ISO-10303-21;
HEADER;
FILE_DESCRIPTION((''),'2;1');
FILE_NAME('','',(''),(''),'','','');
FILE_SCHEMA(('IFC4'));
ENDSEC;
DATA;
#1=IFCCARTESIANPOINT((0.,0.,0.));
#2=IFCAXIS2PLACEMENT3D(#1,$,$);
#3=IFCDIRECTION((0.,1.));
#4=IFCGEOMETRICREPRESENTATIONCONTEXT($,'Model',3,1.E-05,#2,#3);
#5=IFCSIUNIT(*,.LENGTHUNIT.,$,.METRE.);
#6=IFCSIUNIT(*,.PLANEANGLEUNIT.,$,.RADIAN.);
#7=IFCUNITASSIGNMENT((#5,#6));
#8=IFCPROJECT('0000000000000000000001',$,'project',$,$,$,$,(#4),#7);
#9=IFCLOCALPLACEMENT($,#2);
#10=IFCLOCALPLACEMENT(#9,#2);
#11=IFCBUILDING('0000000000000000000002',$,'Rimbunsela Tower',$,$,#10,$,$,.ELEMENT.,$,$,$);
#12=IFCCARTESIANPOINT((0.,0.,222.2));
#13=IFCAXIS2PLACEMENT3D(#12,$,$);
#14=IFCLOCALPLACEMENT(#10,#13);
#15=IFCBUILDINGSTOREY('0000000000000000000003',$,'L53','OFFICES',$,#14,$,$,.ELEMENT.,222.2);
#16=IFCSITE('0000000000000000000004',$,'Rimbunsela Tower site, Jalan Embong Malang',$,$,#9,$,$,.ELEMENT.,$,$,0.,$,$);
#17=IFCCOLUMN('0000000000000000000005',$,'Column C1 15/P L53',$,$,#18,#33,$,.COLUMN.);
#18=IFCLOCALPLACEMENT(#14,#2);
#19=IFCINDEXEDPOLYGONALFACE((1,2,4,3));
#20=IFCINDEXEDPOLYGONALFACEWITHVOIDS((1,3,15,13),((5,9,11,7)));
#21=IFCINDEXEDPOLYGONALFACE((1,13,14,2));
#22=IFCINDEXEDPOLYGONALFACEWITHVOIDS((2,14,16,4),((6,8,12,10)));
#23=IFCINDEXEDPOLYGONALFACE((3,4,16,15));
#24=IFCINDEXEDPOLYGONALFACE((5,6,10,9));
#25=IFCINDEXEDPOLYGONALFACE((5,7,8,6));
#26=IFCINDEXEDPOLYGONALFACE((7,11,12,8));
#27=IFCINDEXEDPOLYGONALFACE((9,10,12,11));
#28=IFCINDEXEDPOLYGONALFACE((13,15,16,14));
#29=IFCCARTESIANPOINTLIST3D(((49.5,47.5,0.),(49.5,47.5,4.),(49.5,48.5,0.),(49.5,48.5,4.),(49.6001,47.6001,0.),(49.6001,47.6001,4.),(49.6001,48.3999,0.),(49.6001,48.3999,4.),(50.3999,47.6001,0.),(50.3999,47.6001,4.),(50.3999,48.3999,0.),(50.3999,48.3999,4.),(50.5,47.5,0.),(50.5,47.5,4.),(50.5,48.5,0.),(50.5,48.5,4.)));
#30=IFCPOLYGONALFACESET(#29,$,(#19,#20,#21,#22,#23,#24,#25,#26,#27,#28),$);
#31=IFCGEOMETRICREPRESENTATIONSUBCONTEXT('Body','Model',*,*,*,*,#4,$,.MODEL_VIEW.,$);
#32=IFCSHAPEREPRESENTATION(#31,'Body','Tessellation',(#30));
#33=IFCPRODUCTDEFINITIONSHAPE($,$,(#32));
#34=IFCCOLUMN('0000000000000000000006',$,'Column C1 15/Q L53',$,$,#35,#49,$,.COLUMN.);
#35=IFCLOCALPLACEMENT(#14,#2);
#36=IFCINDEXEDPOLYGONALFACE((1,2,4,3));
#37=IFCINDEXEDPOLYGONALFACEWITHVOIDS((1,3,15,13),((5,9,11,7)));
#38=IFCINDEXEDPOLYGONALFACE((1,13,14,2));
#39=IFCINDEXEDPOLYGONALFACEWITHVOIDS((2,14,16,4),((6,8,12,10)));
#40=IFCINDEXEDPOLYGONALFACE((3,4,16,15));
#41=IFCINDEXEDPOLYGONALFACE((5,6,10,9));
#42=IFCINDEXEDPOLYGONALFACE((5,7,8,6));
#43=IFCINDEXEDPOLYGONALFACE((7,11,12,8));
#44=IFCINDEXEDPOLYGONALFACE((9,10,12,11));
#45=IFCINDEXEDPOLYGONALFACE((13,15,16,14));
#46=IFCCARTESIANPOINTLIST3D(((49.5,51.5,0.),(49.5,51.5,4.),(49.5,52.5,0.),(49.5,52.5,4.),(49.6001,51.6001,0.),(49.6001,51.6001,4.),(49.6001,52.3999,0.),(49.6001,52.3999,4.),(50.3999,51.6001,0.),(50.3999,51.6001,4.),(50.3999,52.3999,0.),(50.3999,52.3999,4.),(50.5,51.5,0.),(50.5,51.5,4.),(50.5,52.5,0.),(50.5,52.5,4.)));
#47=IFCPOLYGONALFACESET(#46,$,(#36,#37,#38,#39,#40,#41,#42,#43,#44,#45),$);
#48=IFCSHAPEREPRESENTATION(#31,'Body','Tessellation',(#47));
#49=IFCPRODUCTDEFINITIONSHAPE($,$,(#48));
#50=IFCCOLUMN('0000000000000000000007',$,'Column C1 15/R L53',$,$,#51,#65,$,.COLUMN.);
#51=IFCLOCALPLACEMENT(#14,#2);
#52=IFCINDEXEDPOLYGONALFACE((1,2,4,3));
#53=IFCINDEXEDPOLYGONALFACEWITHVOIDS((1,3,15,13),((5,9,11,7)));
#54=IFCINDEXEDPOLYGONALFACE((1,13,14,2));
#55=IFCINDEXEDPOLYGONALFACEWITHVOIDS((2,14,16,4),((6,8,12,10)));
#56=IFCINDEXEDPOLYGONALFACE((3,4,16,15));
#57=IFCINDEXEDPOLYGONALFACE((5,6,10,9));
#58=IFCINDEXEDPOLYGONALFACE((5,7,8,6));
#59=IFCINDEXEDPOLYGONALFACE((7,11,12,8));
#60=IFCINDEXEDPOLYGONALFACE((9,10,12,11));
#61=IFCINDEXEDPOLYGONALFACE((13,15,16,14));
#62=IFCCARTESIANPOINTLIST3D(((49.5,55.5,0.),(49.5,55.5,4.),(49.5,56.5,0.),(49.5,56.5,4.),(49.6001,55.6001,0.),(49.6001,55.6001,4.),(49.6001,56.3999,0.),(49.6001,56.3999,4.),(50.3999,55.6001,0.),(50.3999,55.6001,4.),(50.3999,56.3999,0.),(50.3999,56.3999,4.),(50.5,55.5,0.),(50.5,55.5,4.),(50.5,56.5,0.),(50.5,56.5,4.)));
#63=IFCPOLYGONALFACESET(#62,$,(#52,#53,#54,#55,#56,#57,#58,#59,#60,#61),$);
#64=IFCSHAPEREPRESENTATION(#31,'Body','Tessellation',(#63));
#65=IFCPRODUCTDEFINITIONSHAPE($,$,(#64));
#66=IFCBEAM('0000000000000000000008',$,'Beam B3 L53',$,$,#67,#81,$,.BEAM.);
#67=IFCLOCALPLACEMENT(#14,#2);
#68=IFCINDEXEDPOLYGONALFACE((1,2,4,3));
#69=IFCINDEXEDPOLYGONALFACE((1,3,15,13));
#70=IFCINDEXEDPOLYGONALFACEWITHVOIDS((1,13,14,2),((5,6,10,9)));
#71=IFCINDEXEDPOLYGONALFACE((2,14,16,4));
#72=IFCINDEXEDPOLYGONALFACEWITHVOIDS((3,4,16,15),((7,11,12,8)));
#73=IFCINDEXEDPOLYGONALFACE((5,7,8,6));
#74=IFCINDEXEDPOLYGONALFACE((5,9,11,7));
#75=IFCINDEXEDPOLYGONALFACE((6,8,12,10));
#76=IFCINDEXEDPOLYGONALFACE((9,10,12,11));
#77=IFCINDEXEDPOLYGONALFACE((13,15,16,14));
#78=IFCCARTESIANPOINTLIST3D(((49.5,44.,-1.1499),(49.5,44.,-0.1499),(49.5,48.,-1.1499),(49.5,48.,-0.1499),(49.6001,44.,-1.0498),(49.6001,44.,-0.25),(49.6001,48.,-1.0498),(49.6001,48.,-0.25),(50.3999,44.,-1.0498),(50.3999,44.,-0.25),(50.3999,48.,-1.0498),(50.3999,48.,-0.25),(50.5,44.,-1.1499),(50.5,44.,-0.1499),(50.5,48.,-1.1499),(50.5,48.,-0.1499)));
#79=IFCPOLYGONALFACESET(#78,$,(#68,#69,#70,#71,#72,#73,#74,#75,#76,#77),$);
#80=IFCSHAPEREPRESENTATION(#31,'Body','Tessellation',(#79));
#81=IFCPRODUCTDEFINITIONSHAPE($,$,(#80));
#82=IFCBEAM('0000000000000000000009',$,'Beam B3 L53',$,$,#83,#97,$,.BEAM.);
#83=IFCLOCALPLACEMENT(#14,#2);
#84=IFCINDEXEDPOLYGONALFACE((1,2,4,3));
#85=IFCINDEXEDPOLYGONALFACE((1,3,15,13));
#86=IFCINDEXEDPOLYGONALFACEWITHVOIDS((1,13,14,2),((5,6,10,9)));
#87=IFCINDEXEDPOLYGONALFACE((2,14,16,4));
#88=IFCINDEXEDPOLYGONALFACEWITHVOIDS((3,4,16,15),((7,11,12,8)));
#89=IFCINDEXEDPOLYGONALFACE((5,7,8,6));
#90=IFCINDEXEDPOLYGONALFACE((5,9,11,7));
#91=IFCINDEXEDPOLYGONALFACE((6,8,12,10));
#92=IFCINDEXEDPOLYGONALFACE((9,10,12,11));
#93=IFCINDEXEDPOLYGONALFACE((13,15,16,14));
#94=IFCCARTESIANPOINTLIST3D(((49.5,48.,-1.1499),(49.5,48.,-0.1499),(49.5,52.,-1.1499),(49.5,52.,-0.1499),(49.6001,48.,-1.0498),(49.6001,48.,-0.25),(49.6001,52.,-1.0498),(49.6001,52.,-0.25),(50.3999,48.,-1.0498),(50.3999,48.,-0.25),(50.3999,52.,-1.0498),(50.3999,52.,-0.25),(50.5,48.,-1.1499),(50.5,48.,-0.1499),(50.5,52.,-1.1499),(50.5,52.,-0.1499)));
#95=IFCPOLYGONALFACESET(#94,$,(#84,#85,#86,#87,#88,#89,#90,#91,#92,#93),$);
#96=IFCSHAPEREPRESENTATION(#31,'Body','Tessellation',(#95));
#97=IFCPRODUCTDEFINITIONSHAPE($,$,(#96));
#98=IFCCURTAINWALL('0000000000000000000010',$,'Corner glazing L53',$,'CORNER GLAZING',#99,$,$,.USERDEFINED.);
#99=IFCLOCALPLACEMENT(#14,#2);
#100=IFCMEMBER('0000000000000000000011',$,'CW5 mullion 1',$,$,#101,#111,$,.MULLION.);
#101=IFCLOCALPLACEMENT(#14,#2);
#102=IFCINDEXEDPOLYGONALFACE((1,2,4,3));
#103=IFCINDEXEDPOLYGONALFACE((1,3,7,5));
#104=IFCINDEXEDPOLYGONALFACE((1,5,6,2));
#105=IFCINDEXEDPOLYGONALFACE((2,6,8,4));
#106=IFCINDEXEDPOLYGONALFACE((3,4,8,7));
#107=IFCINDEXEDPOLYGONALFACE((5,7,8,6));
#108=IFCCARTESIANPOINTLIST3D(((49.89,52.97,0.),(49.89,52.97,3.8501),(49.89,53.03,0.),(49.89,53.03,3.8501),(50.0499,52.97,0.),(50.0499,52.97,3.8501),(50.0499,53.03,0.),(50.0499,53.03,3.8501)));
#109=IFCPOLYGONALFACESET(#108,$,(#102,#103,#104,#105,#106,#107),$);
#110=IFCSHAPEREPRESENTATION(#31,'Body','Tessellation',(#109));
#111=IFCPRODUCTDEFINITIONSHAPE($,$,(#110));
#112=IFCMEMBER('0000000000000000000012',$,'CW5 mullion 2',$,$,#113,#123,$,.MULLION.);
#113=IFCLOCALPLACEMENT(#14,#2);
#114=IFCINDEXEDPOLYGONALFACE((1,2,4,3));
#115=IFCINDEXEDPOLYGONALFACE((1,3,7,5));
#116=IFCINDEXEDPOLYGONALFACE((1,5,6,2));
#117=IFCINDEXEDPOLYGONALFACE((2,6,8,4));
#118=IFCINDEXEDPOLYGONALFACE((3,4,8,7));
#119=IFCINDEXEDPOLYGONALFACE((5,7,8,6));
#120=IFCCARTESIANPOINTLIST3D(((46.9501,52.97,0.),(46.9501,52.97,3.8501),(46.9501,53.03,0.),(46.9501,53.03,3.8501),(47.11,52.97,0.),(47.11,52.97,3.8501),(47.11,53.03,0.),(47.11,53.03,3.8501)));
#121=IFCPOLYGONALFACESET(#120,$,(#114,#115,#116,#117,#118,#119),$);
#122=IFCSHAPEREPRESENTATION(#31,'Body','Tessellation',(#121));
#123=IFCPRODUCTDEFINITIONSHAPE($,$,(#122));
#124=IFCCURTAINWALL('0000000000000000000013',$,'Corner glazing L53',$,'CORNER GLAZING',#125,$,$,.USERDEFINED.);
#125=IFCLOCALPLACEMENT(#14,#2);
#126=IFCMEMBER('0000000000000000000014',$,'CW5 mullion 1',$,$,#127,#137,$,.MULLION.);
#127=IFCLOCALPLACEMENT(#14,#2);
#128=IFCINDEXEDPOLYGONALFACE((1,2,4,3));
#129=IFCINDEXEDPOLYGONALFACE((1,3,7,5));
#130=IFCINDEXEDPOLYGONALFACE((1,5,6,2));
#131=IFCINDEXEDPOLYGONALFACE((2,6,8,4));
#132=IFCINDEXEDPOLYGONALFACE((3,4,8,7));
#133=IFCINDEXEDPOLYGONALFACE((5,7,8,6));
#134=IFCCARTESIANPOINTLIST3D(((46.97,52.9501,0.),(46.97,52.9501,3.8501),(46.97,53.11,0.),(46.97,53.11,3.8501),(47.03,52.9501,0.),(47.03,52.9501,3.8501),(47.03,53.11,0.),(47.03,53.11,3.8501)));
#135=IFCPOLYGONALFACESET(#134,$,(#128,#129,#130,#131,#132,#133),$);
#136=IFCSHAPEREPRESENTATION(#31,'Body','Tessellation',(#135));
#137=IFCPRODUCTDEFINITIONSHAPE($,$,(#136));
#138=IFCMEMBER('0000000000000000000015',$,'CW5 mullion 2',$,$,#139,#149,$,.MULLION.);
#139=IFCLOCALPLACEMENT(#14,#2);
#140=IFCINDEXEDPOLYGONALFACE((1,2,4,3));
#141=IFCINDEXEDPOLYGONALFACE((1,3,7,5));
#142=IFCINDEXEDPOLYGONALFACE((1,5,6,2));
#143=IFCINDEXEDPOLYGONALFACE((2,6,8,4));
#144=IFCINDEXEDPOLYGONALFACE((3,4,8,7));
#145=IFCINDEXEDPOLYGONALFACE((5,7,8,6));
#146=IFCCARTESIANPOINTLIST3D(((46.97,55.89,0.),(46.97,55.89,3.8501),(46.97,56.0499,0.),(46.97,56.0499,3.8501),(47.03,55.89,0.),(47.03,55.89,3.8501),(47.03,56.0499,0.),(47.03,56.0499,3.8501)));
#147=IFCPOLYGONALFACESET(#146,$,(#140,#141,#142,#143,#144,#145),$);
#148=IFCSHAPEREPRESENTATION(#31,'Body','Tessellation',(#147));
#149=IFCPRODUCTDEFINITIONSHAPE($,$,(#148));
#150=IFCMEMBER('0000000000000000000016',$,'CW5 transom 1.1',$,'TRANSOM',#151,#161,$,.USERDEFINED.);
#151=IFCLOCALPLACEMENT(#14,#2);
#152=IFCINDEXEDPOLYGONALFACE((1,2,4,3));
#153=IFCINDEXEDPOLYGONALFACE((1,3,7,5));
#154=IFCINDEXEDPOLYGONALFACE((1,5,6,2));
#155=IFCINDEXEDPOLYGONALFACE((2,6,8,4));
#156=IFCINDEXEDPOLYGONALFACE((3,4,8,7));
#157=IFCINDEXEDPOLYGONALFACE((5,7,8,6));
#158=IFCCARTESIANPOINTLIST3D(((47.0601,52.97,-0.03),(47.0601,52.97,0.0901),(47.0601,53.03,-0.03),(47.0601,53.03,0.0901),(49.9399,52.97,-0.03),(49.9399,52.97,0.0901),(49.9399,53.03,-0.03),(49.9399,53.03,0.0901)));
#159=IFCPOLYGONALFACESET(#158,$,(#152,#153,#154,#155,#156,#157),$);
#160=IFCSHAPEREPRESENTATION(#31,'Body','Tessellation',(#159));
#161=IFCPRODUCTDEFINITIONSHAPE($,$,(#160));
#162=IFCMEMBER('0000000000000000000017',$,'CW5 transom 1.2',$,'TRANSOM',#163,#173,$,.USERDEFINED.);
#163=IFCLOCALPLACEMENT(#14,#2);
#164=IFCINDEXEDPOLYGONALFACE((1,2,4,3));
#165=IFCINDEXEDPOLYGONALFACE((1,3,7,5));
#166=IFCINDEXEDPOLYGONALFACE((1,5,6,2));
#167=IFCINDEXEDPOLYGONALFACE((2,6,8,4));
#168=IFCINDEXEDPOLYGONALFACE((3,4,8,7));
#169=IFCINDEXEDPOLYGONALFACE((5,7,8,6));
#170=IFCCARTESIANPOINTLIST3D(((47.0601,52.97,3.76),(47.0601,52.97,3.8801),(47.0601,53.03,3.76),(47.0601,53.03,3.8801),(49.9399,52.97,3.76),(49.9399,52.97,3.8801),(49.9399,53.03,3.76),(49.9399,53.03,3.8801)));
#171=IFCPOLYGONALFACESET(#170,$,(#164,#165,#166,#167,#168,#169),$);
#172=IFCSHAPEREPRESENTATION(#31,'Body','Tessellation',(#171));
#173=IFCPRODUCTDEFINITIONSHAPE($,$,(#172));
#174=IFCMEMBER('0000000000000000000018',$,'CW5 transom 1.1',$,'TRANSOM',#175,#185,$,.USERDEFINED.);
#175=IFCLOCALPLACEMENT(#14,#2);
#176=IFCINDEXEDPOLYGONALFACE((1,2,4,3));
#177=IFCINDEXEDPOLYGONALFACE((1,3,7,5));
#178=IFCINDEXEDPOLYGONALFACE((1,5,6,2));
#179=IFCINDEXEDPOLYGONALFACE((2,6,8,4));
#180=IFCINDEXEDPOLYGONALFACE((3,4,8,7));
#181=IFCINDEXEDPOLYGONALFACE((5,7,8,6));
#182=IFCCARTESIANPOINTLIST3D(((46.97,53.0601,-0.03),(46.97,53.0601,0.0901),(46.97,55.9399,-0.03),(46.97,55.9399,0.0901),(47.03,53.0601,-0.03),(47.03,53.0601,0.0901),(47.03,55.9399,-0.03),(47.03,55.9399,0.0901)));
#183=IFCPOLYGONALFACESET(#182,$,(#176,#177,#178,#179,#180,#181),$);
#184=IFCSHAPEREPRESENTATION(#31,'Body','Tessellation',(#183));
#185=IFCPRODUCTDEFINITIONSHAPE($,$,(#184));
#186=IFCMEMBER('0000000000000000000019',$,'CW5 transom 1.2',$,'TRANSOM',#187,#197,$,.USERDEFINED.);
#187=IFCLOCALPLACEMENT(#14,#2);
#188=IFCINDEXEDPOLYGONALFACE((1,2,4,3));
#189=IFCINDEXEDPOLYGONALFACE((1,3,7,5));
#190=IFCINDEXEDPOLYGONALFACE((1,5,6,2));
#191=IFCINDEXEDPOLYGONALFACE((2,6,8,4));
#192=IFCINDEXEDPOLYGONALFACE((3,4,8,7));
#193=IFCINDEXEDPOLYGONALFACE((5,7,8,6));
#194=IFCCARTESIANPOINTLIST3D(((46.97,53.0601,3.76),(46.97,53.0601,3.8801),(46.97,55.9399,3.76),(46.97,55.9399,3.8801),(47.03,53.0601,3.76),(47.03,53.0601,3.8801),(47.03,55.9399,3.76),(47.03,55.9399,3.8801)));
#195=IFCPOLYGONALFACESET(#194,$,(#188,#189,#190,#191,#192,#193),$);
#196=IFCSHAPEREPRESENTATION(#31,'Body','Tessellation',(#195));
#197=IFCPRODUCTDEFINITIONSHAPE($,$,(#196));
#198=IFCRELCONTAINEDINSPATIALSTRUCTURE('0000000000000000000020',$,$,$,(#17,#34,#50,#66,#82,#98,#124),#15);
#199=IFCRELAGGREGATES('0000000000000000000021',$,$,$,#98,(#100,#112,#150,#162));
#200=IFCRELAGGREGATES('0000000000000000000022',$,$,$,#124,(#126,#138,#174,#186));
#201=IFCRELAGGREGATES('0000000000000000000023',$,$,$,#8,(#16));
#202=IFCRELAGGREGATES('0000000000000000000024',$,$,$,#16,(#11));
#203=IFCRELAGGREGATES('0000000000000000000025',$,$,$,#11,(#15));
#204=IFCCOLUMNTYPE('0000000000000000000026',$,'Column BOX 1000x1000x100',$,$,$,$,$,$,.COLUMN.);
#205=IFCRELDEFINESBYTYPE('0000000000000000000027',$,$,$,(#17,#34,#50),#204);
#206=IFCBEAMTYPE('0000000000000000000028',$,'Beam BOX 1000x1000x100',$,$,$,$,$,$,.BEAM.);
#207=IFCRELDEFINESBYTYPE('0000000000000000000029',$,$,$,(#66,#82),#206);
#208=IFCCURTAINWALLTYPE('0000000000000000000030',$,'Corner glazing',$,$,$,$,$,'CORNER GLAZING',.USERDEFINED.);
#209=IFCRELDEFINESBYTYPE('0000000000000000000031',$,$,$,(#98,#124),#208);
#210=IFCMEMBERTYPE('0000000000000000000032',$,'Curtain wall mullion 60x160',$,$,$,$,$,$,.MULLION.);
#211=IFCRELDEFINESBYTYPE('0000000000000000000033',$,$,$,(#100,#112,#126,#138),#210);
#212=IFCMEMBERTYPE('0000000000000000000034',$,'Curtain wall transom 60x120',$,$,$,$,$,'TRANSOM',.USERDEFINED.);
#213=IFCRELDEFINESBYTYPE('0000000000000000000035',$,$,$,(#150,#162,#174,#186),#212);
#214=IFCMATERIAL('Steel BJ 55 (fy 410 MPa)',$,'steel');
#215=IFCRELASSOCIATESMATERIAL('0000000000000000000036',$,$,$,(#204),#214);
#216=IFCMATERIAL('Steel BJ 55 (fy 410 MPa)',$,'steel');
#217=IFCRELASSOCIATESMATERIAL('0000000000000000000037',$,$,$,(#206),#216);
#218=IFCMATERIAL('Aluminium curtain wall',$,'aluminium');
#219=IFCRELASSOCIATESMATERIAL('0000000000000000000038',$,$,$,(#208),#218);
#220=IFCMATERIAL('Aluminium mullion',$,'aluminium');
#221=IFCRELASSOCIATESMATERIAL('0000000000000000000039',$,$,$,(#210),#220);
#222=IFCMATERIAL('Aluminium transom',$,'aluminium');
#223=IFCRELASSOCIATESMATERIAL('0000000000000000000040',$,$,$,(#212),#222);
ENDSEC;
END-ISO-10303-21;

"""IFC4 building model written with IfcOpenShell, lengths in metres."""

from ifc_helpers import new_model, si_unit, direction, frame, origin, origin_2d, place, context, subcontext, project, spatial, rectangle, hollow_rectangle, extrude, material, material_profile, profile_set, type_object, element, aggregate, save


model = new_model("IFC4")

# Units and contexts
model_context = context("Model", 3, precision=1e-05, world=origin(), true_north=direction((0.0, 1.0)))
body_context = subcontext(model_context, "Body", "Model", "MODEL_VIEW")
ifc_project = project(units=[si_unit("LENGTHUNIT", "METRE"), si_unit("PLANEANGLEUNIT", "RADIAN")], contexts=[model_context])

# Site, building, storey
site_placement = place(None, origin())
site = spatial("IfcSite", under=ifc_project, at=site_placement, Name="Rimbunsela Tower site, Jalan Embong Malang", CompositionType="ELEMENT", RefElevation=0.0)
building_placement = place(site_placement, origin())
building = spatial("IfcBuilding", under=site, at=building_placement, Name="Rimbunsela Tower", CompositionType="ELEMENT")
storey_placement = place(building_placement, frame((0.0, 0.0, 222.2)))
storey = spatial("IfcBuildingStorey", under=building, at=storey_placement, Name="L53", Description="OFFICES", CompositionType="ELEMENT", Elevation=222.2)

# Columns
ifc_material_1 = material(Name="Steel BJ 55 (fy 410 MPa)", Category="steel")
ifc_material_profile_1 = material_profile(ifc_material_1, hollow_rectangle(XDim=1.0, YDim=1.0, WallThickness=0.1001, at=origin_2d()), Name="BOX 1000x1000x100")
ifc_profile_set_1 = profile_set([ifc_material_profile_1], Name="Steel BJ 55 (fy 410 MPa)")
column_type = type_object("IfcColumnType", Name="Column BOX 1000x1000x100", PredefinedType="COLUMN", material=ifc_profile_set_1)
for number, where, z_axis, x_axis, name in (
    (1, (50.0, 48.0, 0.0), (0.0, 0.0, 1.0), (1.0, 0.0, 0.0), "Column C1 15/P L53"),
    (2, (50.0, 52.0, 0.0), (0.0, 0.0, 1.0), (1.0, 0.0, 0.0), "Column C1 15/Q L53"),
    (3, (50.0, 56.0, 0.0), (0.0, 0.0, 1.0), (1.0, 0.0, 0.0), "Column C1 15/R L53"),
):
    element("IfcColumn", number, at=place(storey_placement, frame(where, z_axis=z_axis, x_axis=x_axis)), inside=storey, type_object=column_type, Name=name, PredefinedType="COLUMN", context=body_context, shape_type="SweptSolid", body=[
        extrude(hollow_rectangle(XDim=1.0, YDim=1.0, WallThickness=0.1001, at=origin_2d()), origin(), (0.0, 0.0, 1.0), 4.0),
    ])

# Beams
ifc_material_2 = material(Name="Steel BJ 55 (fy 410 MPa)", Category="steel")
ifc_material_profile_2 = material_profile(ifc_material_2, hollow_rectangle(XDim=1.0, YDim=1.0, WallThickness=0.1001, at=origin_2d()), Name="BOX 1000x1000x100")
ifc_profile_set_2 = profile_set([ifc_material_profile_2], Name="Steel BJ 55 (fy 410 MPa)")
beam_type = type_object("IfcBeamType", Name="Beam BOX 1000x1000x100", PredefinedType="BEAM", material=ifc_profile_set_2)
for number, where, z_axis, x_axis, name in (
    (4, (50.0, 44.0, -0.6499), (0.0, 1.0, 0.0), (-1.0, 0.0, 0.0), "Beam B3 L53"),
    (5, (50.0, 48.0, -0.6499), (0.0, 1.0, 0.0), (-1.0, 0.0, 0.0), "Beam B3 L53"),
):
    element("IfcBeam", number, at=place(storey_placement, frame(where, z_axis=z_axis, x_axis=x_axis)), inside=storey, type_object=beam_type, Name=name, PredefinedType="BEAM", context=body_context, shape_type="SweptSolid", body=[
        extrude(hollow_rectangle(XDim=1.0, YDim=1.0, WallThickness=0.1001, at=origin_2d()), origin(), (0.0, 0.0, 1.0), 4.0),
    ])

# Curtain walls, members
ifc_material_3 = material(Name="Aluminium curtain wall", Category="aluminium")
curtain_wall_type = type_object("IfcCurtainWallType", Name="Corner glazing", ElementType="CORNER GLAZING", PredefinedType="USERDEFINED", material=ifc_material_3)
curtain_wall_1_placement = place(storey_placement, origin())
curtain_wall_1 = element("IfcCurtainWall", 6, at=curtain_wall_1_placement, inside=storey, type_object=curtain_wall_type, Name="Corner glazing L53", ObjectType="CORNER GLAZING", PredefinedType="USERDEFINED")
ifc_material_4 = material(Name="Aluminium mullion", Category="aluminium")
ifc_material_profile_3 = material_profile(ifc_material_4, rectangle(XDim=0.0601, YDim=0.1599, at=origin_2d()), Name="Mullion 60x160")
ifc_profile_set_3 = profile_set([ifc_material_profile_3], Name="Aluminium mullion")
member_type_1 = type_object("IfcMemberType", Name="Curtain wall mullion 60x160", PredefinedType="MULLION", material=ifc_profile_set_3)
member_1_placement = place(storey_placement, frame((49.97, 53.0, 0.0), z_axis=(0.0, 0.0, 1.0), x_axis=(0.0, -1.0, 0.0)))
member_1 = element("IfcMember", 7, at=member_1_placement, type_object=member_type_1, Name="CW5 mullion 1", PredefinedType="MULLION", context=body_context, shape_type="SweptSolid", body=[
    extrude(rectangle(XDim=0.0601, YDim=0.1599, at=origin_2d()), origin(), (0.0, 0.0, 1.0), 3.8501),
])
member_2_placement = place(storey_placement, frame((47.03, 53.0, 0.0), z_axis=(0.0, 0.0, 1.0), x_axis=(0.0, -1.0, 0.0)))
member_2 = element("IfcMember", 8, at=member_2_placement, type_object=member_type_1, Name="CW5 mullion 2", PredefinedType="MULLION", context=body_context, shape_type="SweptSolid", body=[
    extrude(rectangle(XDim=0.0601, YDim=0.1599, at=origin_2d()), origin(), (0.0, 0.0, 1.0), 3.8501),
])
curtain_wall_2_placement = place(storey_placement, origin())
curtain_wall_2 = element("IfcCurtainWall", 9, at=curtain_wall_2_placement, inside=storey, type_object=curtain_wall_type, Name="Corner glazing L53", ObjectType="CORNER GLAZING", PredefinedType="USERDEFINED")
member_3_placement = place(storey_placement, frame((47.0, 53.03, 0.0), z_axis=(0.0, 0.0, 1.0), x_axis=(-1.0, 0.0, 0.0)))
member_3 = element("IfcMember", 10, at=member_3_placement, type_object=member_type_1, Name="CW5 mullion 1", PredefinedType="MULLION", context=body_context, shape_type="SweptSolid", body=[
    extrude(rectangle(XDim=0.0601, YDim=0.1599, at=origin_2d()), origin(), (0.0, 0.0, 1.0), 3.8501),
])
member_4_placement = place(storey_placement, frame((47.0, 55.97, 0.0), z_axis=(0.0, 0.0, 1.0), x_axis=(-1.0, 0.0, 0.0)))
member_4 = element("IfcMember", 11, at=member_4_placement, type_object=member_type_1, Name="CW5 mullion 2", PredefinedType="MULLION", context=body_context, shape_type="SweptSolid", body=[
    extrude(rectangle(XDim=0.0601, YDim=0.1599, at=origin_2d()), origin(), (0.0, 0.0, 1.0), 3.8501),
])

# Members
ifc_material_5 = material(Name="Aluminium transom", Category="aluminium")
ifc_material_profile_4 = material_profile(ifc_material_5, rectangle(XDim=0.0601, YDim=0.1201, at=origin_2d()), Name="Transom 60x120")
ifc_profile_set_4 = profile_set([ifc_material_profile_4], Name="Aluminium transom")
member_type_2 = type_object("IfcMemberType", Name="Curtain wall transom 60x120", ElementType="TRANSOM", PredefinedType="USERDEFINED", material=ifc_profile_set_4)
member_5_placement = place(storey_placement, frame((49.9399, 53.0, 0.03), z_axis=(-1.0, 0.0, 0.0), x_axis=(0.0, -1.0, 0.0)))
member_5 = element("IfcMember", 12, at=member_5_placement, type_object=member_type_2, Name="CW5 transom 1.1", ObjectType="TRANSOM", PredefinedType="USERDEFINED", context=body_context, shape_type="SweptSolid", body=[
    extrude(rectangle(XDim=0.0601, YDim=0.1201, at=origin_2d()), origin(), (0.0, 0.0, 1.0), 2.8799),
])
member_6_placement = place(storey_placement, frame((49.9399, 53.0, 3.8201), z_axis=(-1.0, 0.0, 0.0), x_axis=(0.0, -1.0, 0.0)))
member_6 = element("IfcMember", 13, at=member_6_placement, type_object=member_type_2, Name="CW5 transom 1.2", ObjectType="TRANSOM", PredefinedType="USERDEFINED", context=body_context, shape_type="SweptSolid", body=[
    extrude(rectangle(XDim=0.0601, YDim=0.1201, at=origin_2d()), origin(), (0.0, 0.0, 1.0), 2.8799),
])
member_7_placement = place(storey_placement, frame((47.0, 53.0601, 0.03), z_axis=(0.0, 1.0, 0.0), x_axis=(-1.0, 0.0, 0.0)))
member_7 = element("IfcMember", 14, at=member_7_placement, type_object=member_type_2, Name="CW5 transom 1.1", ObjectType="TRANSOM", PredefinedType="USERDEFINED", context=body_context, shape_type="SweptSolid", body=[
    extrude(rectangle(XDim=0.0601, YDim=0.1201, at=origin_2d()), origin(), (0.0, 0.0, 1.0), 2.8799),
])
member_8_placement = place(storey_placement, frame((47.0, 53.0601, 3.8201), z_axis=(0.0, 1.0, 0.0), x_axis=(-1.0, 0.0, 0.0)))
member_8 = element("IfcMember", 15, at=member_8_placement, type_object=member_type_2, Name="CW5 transom 1.2", ObjectType="TRANSOM", PredefinedType="USERDEFINED", context=body_context, shape_type="SweptSolid", body=[
    extrude(rectangle(XDim=0.0601, YDim=0.1201, at=origin_2d()), origin(), (0.0, 0.0, 1.0), 2.8799),
])

aggregate(curtain_wall_1, [member_1, member_2, member_5, member_6])
aggregate(curtain_wall_2, [member_3, member_4, member_7, member_8])

save(model, "model.ifc")
